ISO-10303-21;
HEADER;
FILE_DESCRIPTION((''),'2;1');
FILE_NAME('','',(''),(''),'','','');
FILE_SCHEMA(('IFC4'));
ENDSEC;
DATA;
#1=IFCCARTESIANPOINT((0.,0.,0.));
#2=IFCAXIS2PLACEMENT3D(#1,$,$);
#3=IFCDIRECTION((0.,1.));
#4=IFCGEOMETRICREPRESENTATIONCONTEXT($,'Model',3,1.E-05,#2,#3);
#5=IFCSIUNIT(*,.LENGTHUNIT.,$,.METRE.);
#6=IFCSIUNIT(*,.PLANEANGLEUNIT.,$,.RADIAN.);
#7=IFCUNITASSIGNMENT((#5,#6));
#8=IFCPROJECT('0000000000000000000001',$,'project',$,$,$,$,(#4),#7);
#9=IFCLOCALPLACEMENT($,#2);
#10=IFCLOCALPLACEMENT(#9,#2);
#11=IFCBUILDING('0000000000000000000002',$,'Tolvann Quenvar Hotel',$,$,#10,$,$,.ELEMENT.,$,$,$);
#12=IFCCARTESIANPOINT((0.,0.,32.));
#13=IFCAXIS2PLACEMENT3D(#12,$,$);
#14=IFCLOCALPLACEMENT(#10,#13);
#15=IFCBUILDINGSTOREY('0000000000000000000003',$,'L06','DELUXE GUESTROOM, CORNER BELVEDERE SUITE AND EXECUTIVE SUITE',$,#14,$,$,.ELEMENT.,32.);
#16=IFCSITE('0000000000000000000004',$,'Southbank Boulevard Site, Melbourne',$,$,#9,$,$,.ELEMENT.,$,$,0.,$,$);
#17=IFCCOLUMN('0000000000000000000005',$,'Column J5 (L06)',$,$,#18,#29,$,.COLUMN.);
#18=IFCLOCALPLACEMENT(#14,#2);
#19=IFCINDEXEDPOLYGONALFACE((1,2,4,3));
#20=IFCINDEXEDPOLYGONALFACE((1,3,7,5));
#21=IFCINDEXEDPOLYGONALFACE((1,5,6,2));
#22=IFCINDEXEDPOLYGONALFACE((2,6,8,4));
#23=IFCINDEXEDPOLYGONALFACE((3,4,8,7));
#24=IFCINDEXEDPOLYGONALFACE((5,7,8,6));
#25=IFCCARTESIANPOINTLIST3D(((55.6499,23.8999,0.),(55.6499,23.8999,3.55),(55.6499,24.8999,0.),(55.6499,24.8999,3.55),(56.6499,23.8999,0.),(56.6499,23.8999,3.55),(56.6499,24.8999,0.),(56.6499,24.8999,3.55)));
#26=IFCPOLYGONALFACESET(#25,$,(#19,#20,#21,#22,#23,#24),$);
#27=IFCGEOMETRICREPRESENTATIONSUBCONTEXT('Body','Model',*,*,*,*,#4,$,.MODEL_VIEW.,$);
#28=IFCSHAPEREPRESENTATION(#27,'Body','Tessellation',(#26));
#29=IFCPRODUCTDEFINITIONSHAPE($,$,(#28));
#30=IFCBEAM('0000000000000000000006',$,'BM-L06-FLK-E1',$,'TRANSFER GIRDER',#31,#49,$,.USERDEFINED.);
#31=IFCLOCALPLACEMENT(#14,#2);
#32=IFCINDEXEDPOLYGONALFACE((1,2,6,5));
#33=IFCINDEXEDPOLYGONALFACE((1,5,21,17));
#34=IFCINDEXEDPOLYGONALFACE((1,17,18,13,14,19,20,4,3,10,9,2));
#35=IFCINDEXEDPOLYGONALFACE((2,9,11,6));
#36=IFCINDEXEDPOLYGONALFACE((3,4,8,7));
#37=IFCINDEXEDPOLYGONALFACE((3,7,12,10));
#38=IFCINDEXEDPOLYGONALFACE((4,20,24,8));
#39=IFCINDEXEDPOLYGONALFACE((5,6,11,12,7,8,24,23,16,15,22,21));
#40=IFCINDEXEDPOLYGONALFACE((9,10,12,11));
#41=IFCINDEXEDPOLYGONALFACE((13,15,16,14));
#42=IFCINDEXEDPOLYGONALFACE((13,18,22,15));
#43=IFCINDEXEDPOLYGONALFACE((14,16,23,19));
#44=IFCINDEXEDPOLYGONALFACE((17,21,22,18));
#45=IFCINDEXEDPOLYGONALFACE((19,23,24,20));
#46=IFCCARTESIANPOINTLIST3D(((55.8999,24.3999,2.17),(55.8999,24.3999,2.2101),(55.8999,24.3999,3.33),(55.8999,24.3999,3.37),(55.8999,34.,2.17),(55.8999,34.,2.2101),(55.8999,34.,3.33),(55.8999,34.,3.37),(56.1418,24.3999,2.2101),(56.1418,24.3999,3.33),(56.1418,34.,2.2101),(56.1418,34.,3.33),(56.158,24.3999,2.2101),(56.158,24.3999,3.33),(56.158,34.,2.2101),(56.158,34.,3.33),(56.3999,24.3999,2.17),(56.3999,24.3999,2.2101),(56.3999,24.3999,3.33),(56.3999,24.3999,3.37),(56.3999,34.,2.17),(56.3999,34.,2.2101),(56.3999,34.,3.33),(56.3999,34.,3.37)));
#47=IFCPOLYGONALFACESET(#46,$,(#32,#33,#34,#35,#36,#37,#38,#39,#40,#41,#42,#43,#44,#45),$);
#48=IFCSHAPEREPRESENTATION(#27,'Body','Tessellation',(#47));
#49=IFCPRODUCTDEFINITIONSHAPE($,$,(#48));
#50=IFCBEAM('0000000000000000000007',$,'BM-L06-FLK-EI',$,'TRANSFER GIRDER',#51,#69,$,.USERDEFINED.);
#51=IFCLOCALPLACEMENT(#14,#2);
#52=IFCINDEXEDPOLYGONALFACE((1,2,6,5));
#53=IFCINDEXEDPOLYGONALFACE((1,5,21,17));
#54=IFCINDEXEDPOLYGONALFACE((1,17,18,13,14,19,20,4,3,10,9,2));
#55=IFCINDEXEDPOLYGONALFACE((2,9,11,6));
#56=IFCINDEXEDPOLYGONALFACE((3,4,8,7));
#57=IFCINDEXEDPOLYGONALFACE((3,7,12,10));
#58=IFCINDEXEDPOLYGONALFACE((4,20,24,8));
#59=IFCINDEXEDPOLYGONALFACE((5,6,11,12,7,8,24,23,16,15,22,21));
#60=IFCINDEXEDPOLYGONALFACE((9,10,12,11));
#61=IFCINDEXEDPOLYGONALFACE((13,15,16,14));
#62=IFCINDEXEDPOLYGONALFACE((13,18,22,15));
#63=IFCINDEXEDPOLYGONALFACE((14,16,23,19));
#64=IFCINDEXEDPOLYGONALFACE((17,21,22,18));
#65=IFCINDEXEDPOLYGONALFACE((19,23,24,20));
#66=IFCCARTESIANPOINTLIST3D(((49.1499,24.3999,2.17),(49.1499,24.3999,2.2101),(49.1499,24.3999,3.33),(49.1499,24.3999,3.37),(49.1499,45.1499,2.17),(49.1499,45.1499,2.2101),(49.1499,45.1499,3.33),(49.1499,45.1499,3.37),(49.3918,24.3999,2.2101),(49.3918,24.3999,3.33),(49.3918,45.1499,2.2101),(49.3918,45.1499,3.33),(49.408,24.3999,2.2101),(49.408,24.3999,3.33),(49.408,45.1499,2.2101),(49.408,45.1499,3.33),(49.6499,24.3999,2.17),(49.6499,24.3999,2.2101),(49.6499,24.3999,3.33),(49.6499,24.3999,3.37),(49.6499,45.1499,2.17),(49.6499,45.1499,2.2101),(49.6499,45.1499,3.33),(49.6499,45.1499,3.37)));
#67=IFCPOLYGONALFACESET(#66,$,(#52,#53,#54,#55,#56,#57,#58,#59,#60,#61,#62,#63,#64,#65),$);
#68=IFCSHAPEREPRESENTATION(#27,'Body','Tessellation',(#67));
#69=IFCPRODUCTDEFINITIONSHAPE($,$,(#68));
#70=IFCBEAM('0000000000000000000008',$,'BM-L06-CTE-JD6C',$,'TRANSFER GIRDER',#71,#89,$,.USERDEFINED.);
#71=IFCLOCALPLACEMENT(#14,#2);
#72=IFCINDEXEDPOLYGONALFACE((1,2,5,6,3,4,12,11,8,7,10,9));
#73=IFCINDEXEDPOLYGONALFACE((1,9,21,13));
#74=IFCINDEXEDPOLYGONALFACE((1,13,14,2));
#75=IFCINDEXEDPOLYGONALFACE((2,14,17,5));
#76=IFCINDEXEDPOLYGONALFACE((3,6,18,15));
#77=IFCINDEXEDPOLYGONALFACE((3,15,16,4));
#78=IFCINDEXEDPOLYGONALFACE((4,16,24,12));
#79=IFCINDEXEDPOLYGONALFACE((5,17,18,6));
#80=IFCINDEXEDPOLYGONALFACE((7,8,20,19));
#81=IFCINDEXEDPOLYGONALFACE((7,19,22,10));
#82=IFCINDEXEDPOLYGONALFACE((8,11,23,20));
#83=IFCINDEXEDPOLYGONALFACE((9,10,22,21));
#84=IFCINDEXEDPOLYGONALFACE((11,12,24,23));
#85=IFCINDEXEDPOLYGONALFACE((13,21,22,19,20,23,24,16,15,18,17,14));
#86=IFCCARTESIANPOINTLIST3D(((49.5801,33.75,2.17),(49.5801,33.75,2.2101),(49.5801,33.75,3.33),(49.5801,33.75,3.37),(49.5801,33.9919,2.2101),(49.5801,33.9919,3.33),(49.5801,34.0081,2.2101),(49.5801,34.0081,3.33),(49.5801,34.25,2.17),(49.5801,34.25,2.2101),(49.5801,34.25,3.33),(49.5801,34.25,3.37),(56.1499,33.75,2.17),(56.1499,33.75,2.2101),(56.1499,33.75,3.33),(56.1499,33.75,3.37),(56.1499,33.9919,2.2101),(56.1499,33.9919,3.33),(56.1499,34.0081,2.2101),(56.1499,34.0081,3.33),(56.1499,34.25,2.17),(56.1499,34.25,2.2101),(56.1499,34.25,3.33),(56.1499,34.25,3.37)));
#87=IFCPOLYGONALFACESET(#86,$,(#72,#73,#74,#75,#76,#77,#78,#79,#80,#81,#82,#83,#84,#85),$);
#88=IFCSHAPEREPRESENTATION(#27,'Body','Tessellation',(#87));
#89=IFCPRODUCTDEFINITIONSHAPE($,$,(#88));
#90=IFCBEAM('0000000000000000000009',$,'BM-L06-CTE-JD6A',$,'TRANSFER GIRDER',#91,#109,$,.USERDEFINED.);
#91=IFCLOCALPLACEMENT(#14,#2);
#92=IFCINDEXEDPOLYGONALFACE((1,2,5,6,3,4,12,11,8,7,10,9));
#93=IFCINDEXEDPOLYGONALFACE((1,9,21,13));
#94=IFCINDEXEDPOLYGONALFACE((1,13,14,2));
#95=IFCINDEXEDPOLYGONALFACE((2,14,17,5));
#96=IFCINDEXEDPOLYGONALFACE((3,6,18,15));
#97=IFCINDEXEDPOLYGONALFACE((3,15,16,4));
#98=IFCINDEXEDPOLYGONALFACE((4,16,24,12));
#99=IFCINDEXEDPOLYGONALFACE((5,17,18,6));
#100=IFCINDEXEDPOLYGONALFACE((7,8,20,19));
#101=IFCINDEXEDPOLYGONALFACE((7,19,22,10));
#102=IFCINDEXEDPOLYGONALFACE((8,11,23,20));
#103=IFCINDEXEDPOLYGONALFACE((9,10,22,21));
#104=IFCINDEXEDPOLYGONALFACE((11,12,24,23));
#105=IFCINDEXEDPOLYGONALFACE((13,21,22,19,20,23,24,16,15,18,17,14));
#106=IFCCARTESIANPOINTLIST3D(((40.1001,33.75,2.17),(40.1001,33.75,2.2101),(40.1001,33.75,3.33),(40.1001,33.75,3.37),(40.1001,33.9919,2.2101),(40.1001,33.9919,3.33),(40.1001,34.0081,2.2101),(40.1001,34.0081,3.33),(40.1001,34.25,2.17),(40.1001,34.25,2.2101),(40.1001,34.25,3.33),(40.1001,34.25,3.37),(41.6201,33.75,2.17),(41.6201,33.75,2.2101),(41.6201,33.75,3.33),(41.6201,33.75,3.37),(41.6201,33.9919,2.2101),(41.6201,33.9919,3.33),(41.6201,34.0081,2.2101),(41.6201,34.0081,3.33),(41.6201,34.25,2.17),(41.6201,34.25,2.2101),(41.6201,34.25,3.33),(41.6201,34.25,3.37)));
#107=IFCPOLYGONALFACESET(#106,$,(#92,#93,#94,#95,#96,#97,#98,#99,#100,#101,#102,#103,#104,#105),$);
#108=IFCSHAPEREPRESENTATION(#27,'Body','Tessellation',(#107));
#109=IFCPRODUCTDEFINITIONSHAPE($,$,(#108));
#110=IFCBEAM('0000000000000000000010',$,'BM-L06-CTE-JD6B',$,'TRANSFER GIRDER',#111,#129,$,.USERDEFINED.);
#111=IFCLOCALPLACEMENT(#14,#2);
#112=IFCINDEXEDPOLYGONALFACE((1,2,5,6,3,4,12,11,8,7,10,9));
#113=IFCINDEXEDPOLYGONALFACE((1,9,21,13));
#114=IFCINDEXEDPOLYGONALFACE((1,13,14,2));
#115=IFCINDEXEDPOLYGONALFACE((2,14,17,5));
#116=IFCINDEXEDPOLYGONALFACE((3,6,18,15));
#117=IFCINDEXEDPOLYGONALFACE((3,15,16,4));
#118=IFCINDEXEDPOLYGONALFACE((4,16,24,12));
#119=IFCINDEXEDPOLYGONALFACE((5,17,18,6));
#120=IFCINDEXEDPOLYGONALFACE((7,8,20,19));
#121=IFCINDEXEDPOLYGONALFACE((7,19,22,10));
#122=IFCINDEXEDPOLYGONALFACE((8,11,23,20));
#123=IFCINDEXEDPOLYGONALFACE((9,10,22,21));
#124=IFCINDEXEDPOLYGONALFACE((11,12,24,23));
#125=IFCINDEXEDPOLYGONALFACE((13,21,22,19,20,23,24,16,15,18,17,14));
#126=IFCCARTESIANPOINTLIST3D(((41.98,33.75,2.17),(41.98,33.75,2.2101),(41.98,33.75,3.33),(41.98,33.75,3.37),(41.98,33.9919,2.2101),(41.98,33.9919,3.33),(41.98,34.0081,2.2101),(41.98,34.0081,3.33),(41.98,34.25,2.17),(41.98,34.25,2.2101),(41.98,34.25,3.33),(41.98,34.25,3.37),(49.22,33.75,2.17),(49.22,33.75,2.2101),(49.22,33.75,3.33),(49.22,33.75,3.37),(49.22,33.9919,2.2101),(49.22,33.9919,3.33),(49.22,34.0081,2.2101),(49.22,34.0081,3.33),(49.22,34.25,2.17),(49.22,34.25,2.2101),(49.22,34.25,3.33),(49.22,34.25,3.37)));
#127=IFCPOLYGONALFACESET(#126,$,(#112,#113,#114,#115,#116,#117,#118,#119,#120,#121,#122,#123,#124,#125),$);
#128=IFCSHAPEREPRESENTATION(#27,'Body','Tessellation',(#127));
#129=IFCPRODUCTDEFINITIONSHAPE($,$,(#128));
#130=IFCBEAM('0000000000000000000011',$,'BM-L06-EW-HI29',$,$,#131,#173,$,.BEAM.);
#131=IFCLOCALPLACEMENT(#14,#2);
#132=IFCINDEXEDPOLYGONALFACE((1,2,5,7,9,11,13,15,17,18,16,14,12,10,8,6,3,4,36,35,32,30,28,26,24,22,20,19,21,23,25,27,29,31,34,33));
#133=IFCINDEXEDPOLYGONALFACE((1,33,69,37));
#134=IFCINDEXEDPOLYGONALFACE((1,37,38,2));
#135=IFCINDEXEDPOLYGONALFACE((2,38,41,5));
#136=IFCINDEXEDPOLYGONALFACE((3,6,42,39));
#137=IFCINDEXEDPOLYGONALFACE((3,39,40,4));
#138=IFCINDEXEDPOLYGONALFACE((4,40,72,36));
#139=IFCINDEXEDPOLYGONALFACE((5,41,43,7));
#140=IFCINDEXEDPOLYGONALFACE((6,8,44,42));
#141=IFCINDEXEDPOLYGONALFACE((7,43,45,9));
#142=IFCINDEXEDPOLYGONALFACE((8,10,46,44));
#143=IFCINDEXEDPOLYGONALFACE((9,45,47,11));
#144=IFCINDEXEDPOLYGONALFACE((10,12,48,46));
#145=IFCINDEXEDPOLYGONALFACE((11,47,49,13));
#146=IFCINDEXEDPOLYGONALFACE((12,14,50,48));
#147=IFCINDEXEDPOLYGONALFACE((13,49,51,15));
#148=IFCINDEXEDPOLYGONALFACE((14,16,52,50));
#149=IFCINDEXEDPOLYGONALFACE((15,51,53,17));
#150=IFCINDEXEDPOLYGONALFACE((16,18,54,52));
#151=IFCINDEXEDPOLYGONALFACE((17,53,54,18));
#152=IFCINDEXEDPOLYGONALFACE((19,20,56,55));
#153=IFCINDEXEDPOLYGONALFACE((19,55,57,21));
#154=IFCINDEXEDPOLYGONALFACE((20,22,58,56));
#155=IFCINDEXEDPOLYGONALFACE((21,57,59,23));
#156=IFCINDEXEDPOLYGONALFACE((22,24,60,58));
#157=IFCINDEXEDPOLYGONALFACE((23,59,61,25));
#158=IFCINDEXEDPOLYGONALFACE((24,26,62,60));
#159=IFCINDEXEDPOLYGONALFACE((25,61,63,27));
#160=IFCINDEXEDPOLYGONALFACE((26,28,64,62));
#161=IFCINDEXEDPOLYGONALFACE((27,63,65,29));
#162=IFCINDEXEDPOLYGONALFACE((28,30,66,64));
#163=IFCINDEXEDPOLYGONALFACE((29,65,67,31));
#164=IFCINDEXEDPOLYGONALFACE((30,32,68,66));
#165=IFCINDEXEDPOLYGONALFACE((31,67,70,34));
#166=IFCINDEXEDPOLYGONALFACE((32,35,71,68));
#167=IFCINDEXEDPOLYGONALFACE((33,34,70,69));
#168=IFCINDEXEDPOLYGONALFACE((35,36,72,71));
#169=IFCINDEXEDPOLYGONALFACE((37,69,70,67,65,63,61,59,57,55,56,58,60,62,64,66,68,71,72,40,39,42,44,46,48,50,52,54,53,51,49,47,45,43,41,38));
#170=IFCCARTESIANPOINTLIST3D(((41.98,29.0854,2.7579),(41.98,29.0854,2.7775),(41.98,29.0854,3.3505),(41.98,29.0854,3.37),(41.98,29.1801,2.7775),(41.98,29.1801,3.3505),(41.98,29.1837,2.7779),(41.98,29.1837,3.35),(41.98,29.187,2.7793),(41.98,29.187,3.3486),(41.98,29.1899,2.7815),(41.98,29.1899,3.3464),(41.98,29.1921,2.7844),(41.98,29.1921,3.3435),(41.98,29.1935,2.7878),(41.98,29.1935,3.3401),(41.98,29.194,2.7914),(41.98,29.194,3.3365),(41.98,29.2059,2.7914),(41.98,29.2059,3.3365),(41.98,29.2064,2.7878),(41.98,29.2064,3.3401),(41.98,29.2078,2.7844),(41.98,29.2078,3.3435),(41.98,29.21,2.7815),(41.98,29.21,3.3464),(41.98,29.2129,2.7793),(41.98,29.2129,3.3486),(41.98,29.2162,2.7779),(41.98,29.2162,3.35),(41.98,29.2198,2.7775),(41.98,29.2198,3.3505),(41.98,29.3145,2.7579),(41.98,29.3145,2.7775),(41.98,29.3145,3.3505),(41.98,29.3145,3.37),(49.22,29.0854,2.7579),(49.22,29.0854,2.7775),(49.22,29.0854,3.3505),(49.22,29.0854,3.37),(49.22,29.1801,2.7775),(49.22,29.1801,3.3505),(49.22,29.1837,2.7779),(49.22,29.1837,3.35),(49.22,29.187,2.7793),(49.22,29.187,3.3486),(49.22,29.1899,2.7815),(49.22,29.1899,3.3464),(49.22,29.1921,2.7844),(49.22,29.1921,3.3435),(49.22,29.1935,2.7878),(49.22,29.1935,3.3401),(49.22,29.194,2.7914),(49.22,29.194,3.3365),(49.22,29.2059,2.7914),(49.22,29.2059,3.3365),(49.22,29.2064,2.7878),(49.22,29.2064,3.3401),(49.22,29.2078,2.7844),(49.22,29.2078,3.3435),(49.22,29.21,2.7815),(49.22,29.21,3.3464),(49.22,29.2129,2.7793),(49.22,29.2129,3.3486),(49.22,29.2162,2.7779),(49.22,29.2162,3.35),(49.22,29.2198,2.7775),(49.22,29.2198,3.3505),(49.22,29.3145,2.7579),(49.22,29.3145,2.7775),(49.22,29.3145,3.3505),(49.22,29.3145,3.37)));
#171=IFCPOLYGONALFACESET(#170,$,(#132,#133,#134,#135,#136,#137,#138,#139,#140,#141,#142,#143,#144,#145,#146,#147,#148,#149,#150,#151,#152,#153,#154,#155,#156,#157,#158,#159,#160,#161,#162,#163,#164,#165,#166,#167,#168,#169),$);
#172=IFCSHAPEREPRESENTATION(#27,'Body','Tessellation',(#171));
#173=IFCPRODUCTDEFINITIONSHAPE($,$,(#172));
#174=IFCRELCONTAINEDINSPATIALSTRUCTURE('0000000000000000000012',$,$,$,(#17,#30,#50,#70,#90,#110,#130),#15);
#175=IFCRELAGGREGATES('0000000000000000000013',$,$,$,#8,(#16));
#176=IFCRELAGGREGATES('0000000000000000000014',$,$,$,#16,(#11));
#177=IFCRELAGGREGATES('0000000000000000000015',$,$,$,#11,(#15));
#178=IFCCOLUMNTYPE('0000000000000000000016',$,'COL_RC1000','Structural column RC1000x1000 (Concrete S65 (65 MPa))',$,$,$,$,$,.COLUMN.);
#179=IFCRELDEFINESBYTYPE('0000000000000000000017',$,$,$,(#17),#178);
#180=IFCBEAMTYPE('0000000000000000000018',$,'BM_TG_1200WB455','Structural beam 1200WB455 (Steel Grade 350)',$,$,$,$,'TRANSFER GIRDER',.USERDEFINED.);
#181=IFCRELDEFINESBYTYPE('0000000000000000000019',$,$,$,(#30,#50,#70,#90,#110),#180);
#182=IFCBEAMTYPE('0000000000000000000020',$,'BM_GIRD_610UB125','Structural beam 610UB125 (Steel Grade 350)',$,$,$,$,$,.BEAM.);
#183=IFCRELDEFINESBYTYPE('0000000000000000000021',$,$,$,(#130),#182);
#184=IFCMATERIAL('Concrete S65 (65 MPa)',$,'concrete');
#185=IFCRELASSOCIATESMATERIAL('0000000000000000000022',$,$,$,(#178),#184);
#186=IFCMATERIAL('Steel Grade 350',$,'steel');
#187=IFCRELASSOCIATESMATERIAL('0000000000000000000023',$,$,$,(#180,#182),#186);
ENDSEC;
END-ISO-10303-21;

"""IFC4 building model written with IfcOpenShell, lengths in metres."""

from ifc_helpers import new_model, si_unit, direction, frame, origin, origin_2d, place, context, subcontext, project, spatial, rectangle, i_section, extrude, source, transform, mapped, material, material_profile, profile_set, type_object, type_shapes, element, save


model = new_model("IFC4")

# Units and contexts
model_context = context("Model", 3, precision=1e-05, world=origin(), true_north=direction((0.0, 1.0)))
body_context = subcontext(model_context, "Body", "Model", "MODEL_VIEW")
ifc_project = project(units=[si_unit("LENGTHUNIT", "METRE"), si_unit("PLANEANGLEUNIT", "RADIAN")], contexts=[model_context])

# Site, building, storey
site_placement = place(None, origin())
site = spatial("IfcSite", under=ifc_project, at=site_placement, Name="Southbank Boulevard Site, Melbourne", CompositionType="ELEMENT", RefElevation=0.0)
building_placement = place(site_placement, origin())
building = spatial("IfcBuilding", under=site, at=building_placement, Name="Tolvann Quenvar Hotel", CompositionType="ELEMENT")
storey_placement = place(building_placement, frame((0.0, 0.0, 32.0)))
storey = spatial("IfcBuildingStorey", under=building, at=storey_placement, Name="L06", Description="DELUXE GUESTROOM, CORNER BELVEDERE SUITE AND EXECUTIVE SUITE", CompositionType="ELEMENT", Elevation=32.0)

# Column
ifc_material_1 = material(Name="Concrete S65 (65 MPa)", Category="concrete")
ifc_material_profile_1 = material_profile(ifc_material_1, rectangle(XDim=1.0, YDim=1.0, at=origin_2d()), Name="RC1000x1000")
ifc_profile_set_1 = profile_set([ifc_material_profile_1], Name="Concrete S65 (65 MPa)")
column_type = type_object("IfcColumnType", Name="COL_RC1000", Description="Structural column RC1000x1000 (Concrete S65 (65 MPa))", PredefinedType="COLUMN", material=ifc_profile_set_1)
shared_shape_1 = source(origin(), body_context, "Body", "SweptSolid", [
    extrude(rectangle(XDim=1.0, YDim=1.0, at=origin_2d()), origin(), (0.0, 0.0, 1.0), 3.55),
])
type_shapes(column_type, [shared_shape_1])
column_placement = place(storey_placement, frame((56.1499, 24.3999, 0.0), z_axis=(0.0, 0.0, 1.0), x_axis=(1.0, 0.0, 0.0)))
element("IfcColumn", 1, at=column_placement, inside=storey, type_object=column_type, Name="Column J5 (L06)", PredefinedType="COLUMN", context=body_context, shape_type="MappedRepresentation", body=[
    mapped(shared_shape_1, transform((0.0, 0.0, 0.0), x_axis=(1.0, 0.0, 0.0), y_axis=(0.0, 1.0, 0.0), z_axis=(0.0, 0.0, 1.0), scale=1.0)),
])

# Beams
ifc_material_2 = material(Name="Steel Grade 350", Category="steel")
ifc_material_profile_2 = material_profile(ifc_material_2, i_section(OverallWidth=0.5, OverallDepth=1.2, WebThickness=0.0161, FlangeThickness=0.04, at=origin_2d()), Name="1200WB455")
ifc_profile_set_2 = profile_set([ifc_material_profile_2], Name="Steel Grade 350")
beam_type_1 = type_object("IfcBeamType", Name="BM_TG_1200WB455", Description="Structural beam 1200WB455 (Steel Grade 350)", ElementType="TRANSFER GIRDER", PredefinedType="USERDEFINED", material=ifc_profile_set_2)
shared_shape_2 = source(origin(), body_context, "Body", "SweptSolid", [
    extrude(i_section(OverallWidth=0.5, OverallDepth=1.2, WebThickness=0.0161, FlangeThickness=0.04, at=origin_2d()), origin(), (0.0, 0.0, 1.0), 9.6001),
])
beam_1_placement = place(storey_placement, frame((56.1499, 24.3999, 2.77), z_axis=(0.0, 1.0, 0.0), x_axis=(-1.0, 0.0, 0.0)))
element("IfcBeam", 2, at=beam_1_placement, inside=storey, type_object=beam_type_1, Name="BM-L06-FLK-E1", ObjectType="TRANSFER GIRDER", PredefinedType="USERDEFINED", context=body_context, shape_type="MappedRepresentation", body=[
    mapped(shared_shape_2, transform((0.0, 0.0, 0.0), x_axis=(1.0, 0.0, 0.0), y_axis=(0.0, 1.0, 0.0), z_axis=(0.0, 0.0, 1.0), scale=1.0)),
])
shared_shape_3 = source(origin(), body_context, "Body", "SweptSolid", [
    extrude(i_section(OverallWidth=0.5, OverallDepth=1.2, WebThickness=0.0161, FlangeThickness=0.04, at=origin_2d()), origin(), (0.0, 0.0, 1.0), 20.75),
])
beam_2_placement = place(storey_placement, frame((49.3999, 24.3999, 2.77), z_axis=(0.0, 1.0, 0.0), x_axis=(-1.0, 0.0, 0.0)))
element("IfcBeam", 3, at=beam_2_placement, inside=storey, type_object=beam_type_1, Name="BM-L06-FLK-EI", ObjectType="TRANSFER GIRDER", PredefinedType="USERDEFINED", context=body_context, shape_type="MappedRepresentation", body=[
    mapped(shared_shape_3, transform((0.0, 0.0, 0.0), x_axis=(1.0, 0.0, 0.0), y_axis=(0.0, 1.0, 0.0), z_axis=(0.0, 0.0, 1.0), scale=1.0)),
])
shared_shape_4 = source(origin(), body_context, "Body", "SweptSolid", [
    extrude(i_section(OverallWidth=0.5, OverallDepth=1.2, WebThickness=0.0161, FlangeThickness=0.04, at=origin_2d()), origin(), (0.0, 0.0, 1.0), 6.5698),
])
beam_3_placement = place(storey_placement, frame((49.5801, 34.0, 2.77), z_axis=(1.0, 0.0, 0.0), x_axis=(0.0, 1.0, 0.0)))
element("IfcBeam", 4, at=beam_3_placement, inside=storey, type_object=beam_type_1, Name="BM-L06-CTE-JD6C", ObjectType="TRANSFER GIRDER", PredefinedType="USERDEFINED", context=body_context, shape_type="MappedRepresentation", body=[
    mapped(shared_shape_4, transform((0.0, 0.0, 0.0), x_axis=(1.0, 0.0, 0.0), y_axis=(0.0, 1.0, 0.0), z_axis=(0.0, 0.0, 1.0), scale=1.0)),
])
shared_shape_5 = source(origin(), body_context, "Body", "SweptSolid", [
    extrude(i_section(OverallWidth=0.5, OverallDepth=1.2, WebThickness=0.0161, FlangeThickness=0.04, at=origin_2d()), origin(), (0.0, 0.0, 1.0), 1.52),
])
beam_4_placement = place(storey_placement, frame((40.1001, 34.0, 2.77), z_axis=(1.0, 0.0, 0.0), x_axis=(0.0, 1.0, 0.0)))
element("IfcBeam", 5, at=beam_4_placement, inside=storey, type_object=beam_type_1, Name="BM-L06-CTE-JD6A", ObjectType="TRANSFER GIRDER", PredefinedType="USERDEFINED", context=body_context, shape_type="MappedRepresentation", body=[
    mapped(shared_shape_5, transform((0.0, 0.0, 0.0), x_axis=(1.0, 0.0, 0.0), y_axis=(0.0, 1.0, 0.0), z_axis=(0.0, 0.0, 1.0), scale=1.0)),
])
shared_shape_6 = source(origin(), body_context, "Body", "SweptSolid", [
    extrude(i_section(OverallWidth=0.5, OverallDepth=1.2, WebThickness=0.0161, FlangeThickness=0.04, at=origin_2d()), origin(), (0.0, 0.0, 1.0), 7.24),
])
type_shapes(beam_type_1, [shared_shape_2, shared_shape_3, shared_shape_4, shared_shape_5, shared_shape_6])
beam_5_placement = place(storey_placement, frame((41.98, 34.0, 2.77), z_axis=(1.0, 0.0, 0.0), x_axis=(0.0, 1.0, 0.0)))
element("IfcBeam", 6, at=beam_5_placement, inside=storey, type_object=beam_type_1, Name="BM-L06-CTE-JD6B", ObjectType="TRANSFER GIRDER", PredefinedType="USERDEFINED", context=body_context, shape_type="MappedRepresentation", body=[
    mapped(shared_shape_6, transform((0.0, 0.0, 0.0), x_axis=(1.0, 0.0, 0.0), y_axis=(0.0, 1.0, 0.0), z_axis=(0.0, 0.0, 1.0), scale=1.0)),
])
ifc_material_profile_3 = material_profile(ifc_material_2, i_section(OverallWidth=0.229, OverallDepth=0.6121, WebThickness=0.012, FlangeThickness=0.0195, FilletRadius=0.0139, at=origin_2d()), Name="610UB125")
ifc_profile_set_3 = profile_set([ifc_material_profile_3], Name="Steel Grade 350")
beam_type_2 = type_object("IfcBeamType", Name="BM_GIRD_610UB125", Description="Structural beam 610UB125 (Steel Grade 350)", PredefinedType="BEAM", material=ifc_profile_set_3)
shared_shape_7 = source(origin(), body_context, "Body", "SweptSolid", [
    extrude(i_section(OverallWidth=0.229, OverallDepth=0.6121, WebThickness=0.012, FlangeThickness=0.0195, FilletRadius=0.0139, at=origin_2d()), origin(), (0.0, 0.0, 1.0), 7.24),
])
beam_6_placement = place(storey_placement, frame((41.98, 29.2, 3.064), z_axis=(1.0, 0.0, 0.0), x_axis=(0.0, 1.0, 0.0)))
element("IfcBeam", 7, at=beam_6_placement, inside=storey, type_object=beam_type_2, Name="BM-L06-EW-HI29", PredefinedType="BEAM", context=body_context, shape_type="MappedRepresentation", body=[
    mapped(shared_shape_7, transform((0.0, 0.0, 0.0), x_axis=(1.0, 0.0, 0.0), y_axis=(0.0, 1.0, 0.0), z_axis=(0.0, 0.0, 1.0), scale=1.0)),
])

save(model, "model.ifc")
